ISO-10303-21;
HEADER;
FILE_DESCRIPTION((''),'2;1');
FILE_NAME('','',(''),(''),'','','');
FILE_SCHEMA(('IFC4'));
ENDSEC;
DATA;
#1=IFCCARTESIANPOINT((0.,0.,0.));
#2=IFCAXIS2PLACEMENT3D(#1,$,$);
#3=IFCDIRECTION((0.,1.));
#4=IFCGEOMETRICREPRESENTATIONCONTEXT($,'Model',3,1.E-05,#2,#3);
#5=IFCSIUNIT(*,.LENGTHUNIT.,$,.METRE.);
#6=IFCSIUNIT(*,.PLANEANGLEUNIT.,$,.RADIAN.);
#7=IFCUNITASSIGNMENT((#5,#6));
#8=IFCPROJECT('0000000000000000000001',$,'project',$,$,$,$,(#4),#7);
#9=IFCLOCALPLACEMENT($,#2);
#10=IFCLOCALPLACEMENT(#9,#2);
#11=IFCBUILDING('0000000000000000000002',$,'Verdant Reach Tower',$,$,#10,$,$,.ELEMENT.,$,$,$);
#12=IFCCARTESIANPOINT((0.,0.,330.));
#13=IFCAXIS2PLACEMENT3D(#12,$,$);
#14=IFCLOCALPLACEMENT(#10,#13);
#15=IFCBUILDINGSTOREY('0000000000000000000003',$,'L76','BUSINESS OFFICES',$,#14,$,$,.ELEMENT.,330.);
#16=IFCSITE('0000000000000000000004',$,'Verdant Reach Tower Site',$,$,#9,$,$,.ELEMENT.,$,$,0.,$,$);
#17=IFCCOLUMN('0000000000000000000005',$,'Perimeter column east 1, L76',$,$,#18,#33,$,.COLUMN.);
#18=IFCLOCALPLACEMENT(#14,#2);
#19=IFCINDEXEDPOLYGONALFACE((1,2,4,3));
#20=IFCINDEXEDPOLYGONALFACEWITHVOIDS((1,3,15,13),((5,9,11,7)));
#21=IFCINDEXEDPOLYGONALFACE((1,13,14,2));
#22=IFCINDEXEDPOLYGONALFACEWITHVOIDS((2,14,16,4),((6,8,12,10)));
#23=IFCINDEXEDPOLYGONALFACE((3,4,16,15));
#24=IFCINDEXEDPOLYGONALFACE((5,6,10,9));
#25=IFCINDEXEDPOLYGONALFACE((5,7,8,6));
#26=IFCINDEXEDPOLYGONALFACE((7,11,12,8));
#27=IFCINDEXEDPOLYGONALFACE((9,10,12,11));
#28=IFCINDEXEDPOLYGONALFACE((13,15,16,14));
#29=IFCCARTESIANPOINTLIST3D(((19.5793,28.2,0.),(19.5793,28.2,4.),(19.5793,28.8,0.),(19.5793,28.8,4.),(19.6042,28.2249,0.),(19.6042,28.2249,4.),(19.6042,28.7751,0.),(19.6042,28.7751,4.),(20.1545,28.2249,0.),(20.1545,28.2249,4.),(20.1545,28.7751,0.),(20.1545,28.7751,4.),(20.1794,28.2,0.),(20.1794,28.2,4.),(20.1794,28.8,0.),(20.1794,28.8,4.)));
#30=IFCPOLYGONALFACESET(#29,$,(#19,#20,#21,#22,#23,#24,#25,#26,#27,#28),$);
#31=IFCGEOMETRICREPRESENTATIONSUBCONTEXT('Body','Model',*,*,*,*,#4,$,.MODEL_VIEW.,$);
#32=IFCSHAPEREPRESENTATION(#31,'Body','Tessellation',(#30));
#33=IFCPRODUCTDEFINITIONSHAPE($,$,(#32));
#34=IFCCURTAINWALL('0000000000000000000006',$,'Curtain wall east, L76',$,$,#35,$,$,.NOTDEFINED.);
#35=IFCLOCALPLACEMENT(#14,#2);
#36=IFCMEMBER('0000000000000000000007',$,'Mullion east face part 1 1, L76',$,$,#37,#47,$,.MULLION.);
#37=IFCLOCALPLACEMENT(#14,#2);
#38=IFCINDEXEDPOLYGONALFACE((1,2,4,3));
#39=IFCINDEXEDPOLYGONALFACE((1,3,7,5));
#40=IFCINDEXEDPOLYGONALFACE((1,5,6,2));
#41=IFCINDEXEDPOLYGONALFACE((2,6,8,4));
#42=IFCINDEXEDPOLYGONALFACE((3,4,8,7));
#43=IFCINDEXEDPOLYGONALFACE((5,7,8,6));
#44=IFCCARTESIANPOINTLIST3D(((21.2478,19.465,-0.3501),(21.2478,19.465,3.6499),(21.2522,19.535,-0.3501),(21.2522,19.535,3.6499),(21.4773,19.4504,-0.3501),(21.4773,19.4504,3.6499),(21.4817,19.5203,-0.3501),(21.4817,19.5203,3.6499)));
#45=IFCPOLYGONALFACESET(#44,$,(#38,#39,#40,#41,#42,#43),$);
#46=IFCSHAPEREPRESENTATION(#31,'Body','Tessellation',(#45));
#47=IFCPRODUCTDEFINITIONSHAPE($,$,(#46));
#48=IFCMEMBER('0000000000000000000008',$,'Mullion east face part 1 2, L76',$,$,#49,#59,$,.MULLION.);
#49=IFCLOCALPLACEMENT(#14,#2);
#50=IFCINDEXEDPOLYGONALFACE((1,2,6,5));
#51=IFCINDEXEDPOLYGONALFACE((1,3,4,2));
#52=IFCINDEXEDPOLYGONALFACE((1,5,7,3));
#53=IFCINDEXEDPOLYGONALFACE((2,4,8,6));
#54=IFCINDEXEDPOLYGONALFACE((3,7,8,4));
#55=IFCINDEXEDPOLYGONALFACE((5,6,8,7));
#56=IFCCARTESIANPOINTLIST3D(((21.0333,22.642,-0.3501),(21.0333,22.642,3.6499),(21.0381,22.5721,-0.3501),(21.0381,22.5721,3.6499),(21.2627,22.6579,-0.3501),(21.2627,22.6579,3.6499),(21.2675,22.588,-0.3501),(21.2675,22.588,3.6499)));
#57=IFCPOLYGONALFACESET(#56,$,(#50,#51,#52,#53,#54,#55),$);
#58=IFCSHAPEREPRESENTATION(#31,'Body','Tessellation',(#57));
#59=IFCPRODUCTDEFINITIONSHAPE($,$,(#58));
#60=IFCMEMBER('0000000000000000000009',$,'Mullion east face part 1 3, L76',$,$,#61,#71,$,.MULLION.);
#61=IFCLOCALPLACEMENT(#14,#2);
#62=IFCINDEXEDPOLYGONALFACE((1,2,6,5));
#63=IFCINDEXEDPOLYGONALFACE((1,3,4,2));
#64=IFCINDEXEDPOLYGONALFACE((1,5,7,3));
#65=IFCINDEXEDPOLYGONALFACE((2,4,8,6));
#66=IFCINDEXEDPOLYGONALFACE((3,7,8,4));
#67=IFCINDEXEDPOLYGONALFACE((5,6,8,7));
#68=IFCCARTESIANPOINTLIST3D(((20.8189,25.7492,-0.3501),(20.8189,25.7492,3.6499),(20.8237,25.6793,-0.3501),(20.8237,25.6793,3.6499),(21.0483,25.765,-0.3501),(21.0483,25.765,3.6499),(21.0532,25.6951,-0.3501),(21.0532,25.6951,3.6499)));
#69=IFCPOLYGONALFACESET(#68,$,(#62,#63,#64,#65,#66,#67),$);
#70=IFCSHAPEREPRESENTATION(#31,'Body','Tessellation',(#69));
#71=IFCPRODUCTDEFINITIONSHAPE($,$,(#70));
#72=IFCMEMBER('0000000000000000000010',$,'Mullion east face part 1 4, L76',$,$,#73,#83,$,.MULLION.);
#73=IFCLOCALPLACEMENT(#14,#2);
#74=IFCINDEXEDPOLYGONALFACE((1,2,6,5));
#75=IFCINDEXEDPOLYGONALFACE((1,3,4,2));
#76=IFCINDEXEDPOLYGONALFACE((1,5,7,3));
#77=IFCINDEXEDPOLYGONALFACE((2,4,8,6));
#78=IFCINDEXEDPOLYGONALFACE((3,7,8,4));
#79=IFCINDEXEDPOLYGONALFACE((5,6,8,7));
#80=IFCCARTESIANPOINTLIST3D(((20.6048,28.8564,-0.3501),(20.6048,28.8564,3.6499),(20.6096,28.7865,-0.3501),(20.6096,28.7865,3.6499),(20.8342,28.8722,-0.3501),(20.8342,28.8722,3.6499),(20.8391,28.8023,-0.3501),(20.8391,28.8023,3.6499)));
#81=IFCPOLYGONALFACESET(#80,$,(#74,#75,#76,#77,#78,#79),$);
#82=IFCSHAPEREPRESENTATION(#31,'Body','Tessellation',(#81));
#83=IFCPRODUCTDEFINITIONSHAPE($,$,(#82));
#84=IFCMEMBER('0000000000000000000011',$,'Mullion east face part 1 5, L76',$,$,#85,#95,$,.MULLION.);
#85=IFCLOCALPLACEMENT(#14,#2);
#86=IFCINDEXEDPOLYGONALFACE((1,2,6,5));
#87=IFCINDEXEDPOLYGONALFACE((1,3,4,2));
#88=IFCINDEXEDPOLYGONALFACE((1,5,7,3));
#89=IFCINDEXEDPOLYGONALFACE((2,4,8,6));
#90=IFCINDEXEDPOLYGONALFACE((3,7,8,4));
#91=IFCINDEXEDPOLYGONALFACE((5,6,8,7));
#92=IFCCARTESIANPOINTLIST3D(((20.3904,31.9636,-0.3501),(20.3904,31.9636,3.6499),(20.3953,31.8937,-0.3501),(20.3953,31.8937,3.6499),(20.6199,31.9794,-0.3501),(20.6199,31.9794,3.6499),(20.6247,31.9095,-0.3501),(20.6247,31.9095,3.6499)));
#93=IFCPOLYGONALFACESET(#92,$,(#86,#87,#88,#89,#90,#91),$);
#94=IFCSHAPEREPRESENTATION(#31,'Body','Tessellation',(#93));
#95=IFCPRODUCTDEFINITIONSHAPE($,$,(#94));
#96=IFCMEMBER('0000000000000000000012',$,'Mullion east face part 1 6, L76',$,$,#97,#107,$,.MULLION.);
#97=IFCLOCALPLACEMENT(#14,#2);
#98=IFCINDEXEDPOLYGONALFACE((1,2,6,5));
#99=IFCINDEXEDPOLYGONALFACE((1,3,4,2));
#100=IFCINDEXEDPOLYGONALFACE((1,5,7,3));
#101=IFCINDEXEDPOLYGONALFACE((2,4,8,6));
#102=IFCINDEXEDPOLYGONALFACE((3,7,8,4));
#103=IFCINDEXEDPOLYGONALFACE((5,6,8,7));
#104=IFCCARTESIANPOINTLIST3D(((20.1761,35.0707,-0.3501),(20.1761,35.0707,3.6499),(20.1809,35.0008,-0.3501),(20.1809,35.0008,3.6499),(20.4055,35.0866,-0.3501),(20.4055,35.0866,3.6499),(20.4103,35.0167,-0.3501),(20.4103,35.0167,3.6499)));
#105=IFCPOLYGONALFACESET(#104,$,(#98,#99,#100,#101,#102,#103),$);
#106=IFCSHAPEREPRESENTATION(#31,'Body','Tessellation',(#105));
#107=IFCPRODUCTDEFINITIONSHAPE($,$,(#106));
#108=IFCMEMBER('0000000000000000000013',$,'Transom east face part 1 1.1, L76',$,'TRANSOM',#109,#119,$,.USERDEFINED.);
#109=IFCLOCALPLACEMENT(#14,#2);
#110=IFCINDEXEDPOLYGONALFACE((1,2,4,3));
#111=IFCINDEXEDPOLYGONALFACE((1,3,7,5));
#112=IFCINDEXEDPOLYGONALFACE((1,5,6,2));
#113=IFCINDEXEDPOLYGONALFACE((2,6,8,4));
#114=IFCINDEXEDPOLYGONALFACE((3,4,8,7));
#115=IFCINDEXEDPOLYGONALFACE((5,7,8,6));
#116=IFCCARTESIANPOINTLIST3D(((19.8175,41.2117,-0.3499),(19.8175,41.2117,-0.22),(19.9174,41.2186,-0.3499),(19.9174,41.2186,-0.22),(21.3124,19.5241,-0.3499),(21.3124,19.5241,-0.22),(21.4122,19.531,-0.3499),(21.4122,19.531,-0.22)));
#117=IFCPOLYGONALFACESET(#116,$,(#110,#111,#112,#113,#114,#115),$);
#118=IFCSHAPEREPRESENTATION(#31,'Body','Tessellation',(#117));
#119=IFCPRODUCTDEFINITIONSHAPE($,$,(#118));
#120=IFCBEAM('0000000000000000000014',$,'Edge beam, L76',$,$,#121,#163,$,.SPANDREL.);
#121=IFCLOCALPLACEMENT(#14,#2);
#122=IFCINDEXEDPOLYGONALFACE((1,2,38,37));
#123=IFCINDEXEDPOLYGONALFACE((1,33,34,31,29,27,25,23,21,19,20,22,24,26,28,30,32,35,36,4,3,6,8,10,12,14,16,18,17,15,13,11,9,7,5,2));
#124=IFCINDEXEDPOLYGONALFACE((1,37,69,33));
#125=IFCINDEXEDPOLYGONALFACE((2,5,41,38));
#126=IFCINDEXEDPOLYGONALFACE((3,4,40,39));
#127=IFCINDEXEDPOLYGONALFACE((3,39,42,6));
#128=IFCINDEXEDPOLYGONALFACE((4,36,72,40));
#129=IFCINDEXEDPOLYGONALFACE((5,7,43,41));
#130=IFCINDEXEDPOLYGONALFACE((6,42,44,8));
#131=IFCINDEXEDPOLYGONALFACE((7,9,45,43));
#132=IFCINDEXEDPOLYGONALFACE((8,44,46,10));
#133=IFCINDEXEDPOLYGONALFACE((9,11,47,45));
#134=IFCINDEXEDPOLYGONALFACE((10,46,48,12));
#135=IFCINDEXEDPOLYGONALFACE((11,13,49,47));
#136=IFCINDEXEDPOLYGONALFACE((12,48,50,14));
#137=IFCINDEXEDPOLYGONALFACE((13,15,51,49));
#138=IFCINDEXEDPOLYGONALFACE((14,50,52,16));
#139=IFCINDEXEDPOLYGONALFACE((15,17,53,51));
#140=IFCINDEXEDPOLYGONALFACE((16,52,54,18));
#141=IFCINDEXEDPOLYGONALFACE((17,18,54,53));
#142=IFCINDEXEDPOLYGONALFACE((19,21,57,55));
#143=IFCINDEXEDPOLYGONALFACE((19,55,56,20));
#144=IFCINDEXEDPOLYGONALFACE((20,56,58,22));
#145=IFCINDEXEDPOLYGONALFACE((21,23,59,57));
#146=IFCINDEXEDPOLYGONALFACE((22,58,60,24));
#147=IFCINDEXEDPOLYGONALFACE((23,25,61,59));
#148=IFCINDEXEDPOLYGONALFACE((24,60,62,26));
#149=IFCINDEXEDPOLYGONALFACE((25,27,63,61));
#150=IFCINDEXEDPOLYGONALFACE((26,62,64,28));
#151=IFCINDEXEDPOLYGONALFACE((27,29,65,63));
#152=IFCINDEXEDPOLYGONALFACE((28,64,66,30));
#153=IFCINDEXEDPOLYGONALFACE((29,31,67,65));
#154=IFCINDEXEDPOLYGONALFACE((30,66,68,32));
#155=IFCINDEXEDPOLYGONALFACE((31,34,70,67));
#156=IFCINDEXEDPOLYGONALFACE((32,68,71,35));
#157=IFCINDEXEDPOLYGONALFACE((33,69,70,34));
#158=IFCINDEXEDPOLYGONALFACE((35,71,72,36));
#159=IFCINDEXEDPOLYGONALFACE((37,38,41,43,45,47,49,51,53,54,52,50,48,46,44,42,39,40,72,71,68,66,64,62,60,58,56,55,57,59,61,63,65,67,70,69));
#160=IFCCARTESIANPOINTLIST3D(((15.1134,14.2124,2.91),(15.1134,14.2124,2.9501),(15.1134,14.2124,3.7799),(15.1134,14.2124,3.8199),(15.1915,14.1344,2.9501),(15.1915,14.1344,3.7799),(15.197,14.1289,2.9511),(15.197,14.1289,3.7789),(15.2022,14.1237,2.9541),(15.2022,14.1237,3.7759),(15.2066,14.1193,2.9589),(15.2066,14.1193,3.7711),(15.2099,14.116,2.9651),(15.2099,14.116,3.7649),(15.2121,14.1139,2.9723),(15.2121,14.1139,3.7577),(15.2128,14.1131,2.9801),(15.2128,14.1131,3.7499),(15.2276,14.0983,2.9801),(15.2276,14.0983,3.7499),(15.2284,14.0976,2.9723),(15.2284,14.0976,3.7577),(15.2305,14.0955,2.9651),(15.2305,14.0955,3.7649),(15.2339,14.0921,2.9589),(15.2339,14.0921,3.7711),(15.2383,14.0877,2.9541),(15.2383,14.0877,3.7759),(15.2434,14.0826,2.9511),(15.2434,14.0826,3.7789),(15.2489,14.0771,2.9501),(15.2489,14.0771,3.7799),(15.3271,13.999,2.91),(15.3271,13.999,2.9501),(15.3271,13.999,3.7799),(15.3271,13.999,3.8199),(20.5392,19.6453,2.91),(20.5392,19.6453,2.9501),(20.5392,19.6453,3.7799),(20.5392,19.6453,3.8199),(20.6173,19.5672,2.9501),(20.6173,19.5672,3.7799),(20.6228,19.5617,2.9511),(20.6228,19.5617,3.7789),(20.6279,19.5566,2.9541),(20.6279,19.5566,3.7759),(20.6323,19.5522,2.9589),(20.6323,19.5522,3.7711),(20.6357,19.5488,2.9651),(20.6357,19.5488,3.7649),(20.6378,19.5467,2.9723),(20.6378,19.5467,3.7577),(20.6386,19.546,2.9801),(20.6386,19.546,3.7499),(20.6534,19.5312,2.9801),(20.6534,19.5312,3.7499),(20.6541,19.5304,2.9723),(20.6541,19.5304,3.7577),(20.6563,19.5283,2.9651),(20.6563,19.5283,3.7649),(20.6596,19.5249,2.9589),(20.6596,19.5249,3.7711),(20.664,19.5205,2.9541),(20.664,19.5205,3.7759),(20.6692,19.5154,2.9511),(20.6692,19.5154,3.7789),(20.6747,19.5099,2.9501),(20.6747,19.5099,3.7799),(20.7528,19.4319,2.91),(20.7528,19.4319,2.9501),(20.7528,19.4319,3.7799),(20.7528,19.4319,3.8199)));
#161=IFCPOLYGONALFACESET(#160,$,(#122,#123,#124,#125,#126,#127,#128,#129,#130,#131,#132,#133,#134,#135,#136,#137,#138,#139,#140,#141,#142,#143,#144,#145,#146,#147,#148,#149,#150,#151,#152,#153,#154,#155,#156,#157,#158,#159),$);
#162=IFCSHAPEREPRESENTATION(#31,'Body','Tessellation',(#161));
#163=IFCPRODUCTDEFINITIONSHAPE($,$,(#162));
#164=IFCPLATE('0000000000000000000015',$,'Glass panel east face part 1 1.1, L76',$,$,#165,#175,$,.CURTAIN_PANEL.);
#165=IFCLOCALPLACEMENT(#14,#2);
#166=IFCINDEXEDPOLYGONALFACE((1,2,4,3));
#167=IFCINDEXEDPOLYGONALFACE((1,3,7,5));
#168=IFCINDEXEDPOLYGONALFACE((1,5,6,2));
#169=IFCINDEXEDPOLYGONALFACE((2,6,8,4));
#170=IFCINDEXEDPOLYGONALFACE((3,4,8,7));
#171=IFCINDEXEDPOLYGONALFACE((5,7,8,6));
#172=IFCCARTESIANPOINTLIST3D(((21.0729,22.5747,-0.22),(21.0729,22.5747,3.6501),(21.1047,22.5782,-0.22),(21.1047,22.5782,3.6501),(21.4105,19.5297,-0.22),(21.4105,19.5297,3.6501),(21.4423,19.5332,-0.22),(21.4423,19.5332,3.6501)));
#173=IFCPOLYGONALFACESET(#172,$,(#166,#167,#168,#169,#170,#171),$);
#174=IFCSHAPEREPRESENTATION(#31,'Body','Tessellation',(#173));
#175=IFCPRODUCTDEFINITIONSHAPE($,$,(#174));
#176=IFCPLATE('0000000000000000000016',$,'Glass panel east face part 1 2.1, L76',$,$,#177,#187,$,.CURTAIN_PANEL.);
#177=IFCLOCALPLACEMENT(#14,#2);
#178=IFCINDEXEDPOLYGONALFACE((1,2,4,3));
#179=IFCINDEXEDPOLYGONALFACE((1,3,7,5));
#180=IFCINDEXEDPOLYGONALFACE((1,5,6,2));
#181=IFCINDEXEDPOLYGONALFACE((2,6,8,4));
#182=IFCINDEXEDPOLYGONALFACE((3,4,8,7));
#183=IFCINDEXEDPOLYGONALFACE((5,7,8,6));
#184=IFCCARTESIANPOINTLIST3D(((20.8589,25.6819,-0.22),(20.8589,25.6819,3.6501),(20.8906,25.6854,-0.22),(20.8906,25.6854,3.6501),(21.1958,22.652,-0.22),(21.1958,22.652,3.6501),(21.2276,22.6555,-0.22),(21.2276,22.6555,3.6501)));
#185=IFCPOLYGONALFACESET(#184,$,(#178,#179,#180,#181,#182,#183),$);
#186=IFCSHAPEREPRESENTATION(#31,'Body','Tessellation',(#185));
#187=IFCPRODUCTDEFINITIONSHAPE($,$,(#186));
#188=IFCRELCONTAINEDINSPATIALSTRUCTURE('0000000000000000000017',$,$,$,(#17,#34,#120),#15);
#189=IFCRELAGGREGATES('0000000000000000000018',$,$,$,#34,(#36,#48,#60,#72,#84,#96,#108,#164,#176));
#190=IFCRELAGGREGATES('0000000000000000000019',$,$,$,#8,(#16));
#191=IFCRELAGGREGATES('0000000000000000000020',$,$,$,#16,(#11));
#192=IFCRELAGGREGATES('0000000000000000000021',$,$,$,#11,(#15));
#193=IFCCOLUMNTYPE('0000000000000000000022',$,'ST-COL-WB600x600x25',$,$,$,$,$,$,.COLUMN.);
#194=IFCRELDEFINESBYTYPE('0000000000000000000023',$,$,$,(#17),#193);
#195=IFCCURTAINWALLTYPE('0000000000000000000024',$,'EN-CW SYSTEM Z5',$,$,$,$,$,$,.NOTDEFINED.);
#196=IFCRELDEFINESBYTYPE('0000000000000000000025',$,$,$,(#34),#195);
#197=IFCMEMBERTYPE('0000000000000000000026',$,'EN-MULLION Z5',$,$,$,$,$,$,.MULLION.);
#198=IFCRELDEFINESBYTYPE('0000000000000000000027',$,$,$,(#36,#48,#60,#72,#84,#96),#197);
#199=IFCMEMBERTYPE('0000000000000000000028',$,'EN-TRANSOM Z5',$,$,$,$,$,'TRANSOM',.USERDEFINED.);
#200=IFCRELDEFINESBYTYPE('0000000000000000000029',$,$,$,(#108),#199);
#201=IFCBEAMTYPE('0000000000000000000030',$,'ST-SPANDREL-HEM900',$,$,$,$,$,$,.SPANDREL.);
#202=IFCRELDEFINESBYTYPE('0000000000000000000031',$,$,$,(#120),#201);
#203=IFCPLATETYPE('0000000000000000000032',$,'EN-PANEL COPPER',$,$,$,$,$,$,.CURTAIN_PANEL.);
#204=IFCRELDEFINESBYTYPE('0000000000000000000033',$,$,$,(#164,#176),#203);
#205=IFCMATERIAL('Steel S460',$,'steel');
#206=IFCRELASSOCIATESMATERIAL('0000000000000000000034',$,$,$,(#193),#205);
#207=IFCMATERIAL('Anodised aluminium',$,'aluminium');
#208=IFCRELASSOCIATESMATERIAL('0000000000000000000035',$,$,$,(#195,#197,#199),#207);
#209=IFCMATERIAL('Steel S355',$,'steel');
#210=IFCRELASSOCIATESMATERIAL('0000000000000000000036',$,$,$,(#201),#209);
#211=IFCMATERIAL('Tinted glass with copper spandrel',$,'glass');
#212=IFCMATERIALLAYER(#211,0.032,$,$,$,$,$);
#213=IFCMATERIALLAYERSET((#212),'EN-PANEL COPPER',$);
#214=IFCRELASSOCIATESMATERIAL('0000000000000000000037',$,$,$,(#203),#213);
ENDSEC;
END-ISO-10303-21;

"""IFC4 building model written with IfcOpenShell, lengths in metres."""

from ifc_helpers import new_model, si_unit, direction, frame, origin, origin_2d, place, context, subcontext, project, spatial, rectangle, hollow_rectangle, i_section, extrude, material, layer, layer_set, material_profile, profile_set, type_object, element, aggregate, save


model = new_model("IFC4")

# Units and contexts
model_context = context("Model", 3, precision=1e-05, world=origin(), true_north=direction((0.0, 1.0)))
body_context = subcontext(model_context, "Body", "Model", "MODEL_VIEW")
ifc_project = project(units=[si_unit("LENGTHUNIT", "METRE"), si_unit("PLANEANGLEUNIT", "RADIAN")], contexts=[model_context])

# Site, building, storey
site_placement = place(None, origin())
site = spatial("IfcSite", under=ifc_project, at=site_placement, Name="Verdant Reach Tower Site", CompositionType="ELEMENT", RefElevation=0.0)
building_placement = place(site_placement, origin())
building = spatial("IfcBuilding", under=site, at=building_placement, Name="Verdant Reach Tower", CompositionType="ELEMENT")
storey_placement = place(building_placement, frame((0.0, 0.0, 330.0)))
storey = spatial("IfcBuildingStorey", under=building, at=storey_placement, Name="L76", Description="BUSINESS OFFICES", CompositionType="ELEMENT", Elevation=330.0)

# Column
ifc_material_1 = material(Name="Steel S460", Category="steel")
ifc_material_profile_1 = material_profile(ifc_material_1, hollow_rectangle(XDim=0.6001, YDim=0.6001, WallThickness=0.0249, at=origin_2d()), Name="WB 600x600x25")
ifc_profile_set_1 = profile_set([ifc_material_profile_1], Name="Steel S460")
column_type = type_object("IfcColumnType", Name="ST-COL-WB600x600x25", PredefinedType="COLUMN", material=ifc_profile_set_1)
column_placement = place(storey_placement, frame((19.8794, 28.5, 0.0), z_axis=(0.0, 0.0, 1.0), x_axis=(1.0, 0.0, 0.0)))
element("IfcColumn", 1, at=column_placement, inside=storey, type_object=column_type, Name="Perimeter column east 1, L76", PredefinedType="COLUMN", context=body_context, shape_type="SweptSolid", body=[
    extrude(hollow_rectangle(XDim=0.6001, YDim=0.6001, WallThickness=0.0249, at=origin_2d()), origin(), (0.0, 0.0, 1.0), 4.0),
])

# Curtain wall, members
ifc_material_2 = material(Name="Anodised aluminium", Category="aluminium")
curtain_wall_type = type_object("IfcCurtainWallType", Name="EN-CW SYSTEM Z5", PredefinedType="NOTDEFINED", material=ifc_material_2)
curtain_wall_placement = place(storey_placement, origin())
curtain_wall = element("IfcCurtainWall", 2, at=curtain_wall_placement, inside=storey, type_object=curtain_wall_type, Name="Curtain wall east, L76", PredefinedType="NOTDEFINED")
ifc_material_profile_2 = material_profile(ifc_material_2, rectangle(XDim=0.23, YDim=0.0701, at=origin_2d()), Name="Mullion 70x230")
ifc_profile_set_2 = profile_set([ifc_material_profile_2], Name="Anodised aluminium")
member_type_1 = type_object("IfcMemberType", Name="EN-MULLION Z5", PredefinedType="MULLION", material=ifc_profile_set_2)
member_1_placement = place(storey_placement, frame((21.3647, 19.4927, -0.3501), z_axis=(0.0, 0.0, 1.0), x_axis=(0.997969, -0.063699, 0.0)))
member_1 = element("IfcMember", 3, at=member_1_placement, type_object=member_type_1, Name="Mullion east face part 1 1, L76", PredefinedType="MULLION", context=body_context, shape_type="SweptSolid", body=[
    extrude(rectangle(XDim=0.23, YDim=0.0701, at=origin_2d()), origin(), (0.0, 0.0, 1.0), 4.0),
])
member_2_placement = place(storey_placement, frame((21.1504, 22.615, -0.3501), z_axis=(0.0, 0.0, 1.0), x_axis=(0.99763, 0.068802, 0.0)))
member_2 = element("IfcMember", 4, at=member_2_placement, type_object=member_type_1, Name="Mullion east face part 1 2, L76", PredefinedType="MULLION", context=body_context, shape_type="SweptSolid", body=[
    extrude(rectangle(XDim=0.23, YDim=0.0701, at=origin_2d()), origin(), (0.0, 0.0, 1.0), 4.0),
])
member_3_placement = place(storey_placement, frame((20.936, 25.7222, -0.3501), z_axis=(0.0, 0.0, 1.0), x_axis=(0.99763, 0.068802, 0.0)))
member_3 = element("IfcMember", 5, at=member_3_placement, type_object=member_type_1, Name="Mullion east face part 1 3, L76", PredefinedType="MULLION", context=body_context, shape_type="SweptSolid", body=[
    extrude(rectangle(XDim=0.23, YDim=0.0701, at=origin_2d()), origin(), (0.0, 0.0, 1.0), 4.0),
])
member_4_placement = place(storey_placement, frame((20.7219, 28.8293, -0.3501), z_axis=(0.0, 0.0, 1.0), x_axis=(0.99763, 0.068802, 0.0)))
member_4 = element("IfcMember", 6, at=member_4_placement, type_object=member_type_1, Name="Mullion east face part 1 4, L76", PredefinedType="MULLION", context=body_context, shape_type="SweptSolid", body=[
    extrude(rectangle(XDim=0.23, YDim=0.0701, at=origin_2d()), origin(), (0.0, 0.0, 1.0), 4.0),
])
member_5_placement = place(storey_placement, frame((20.5076, 31.9365, -0.3501), z_axis=(0.0, 0.0, 1.0), x_axis=(0.99763, 0.068802, 0.0)))
member_5 = element("IfcMember", 7, at=member_5_placement, type_object=member_type_1, Name="Mullion east face part 1 5, L76", PredefinedType="MULLION", context=body_context, shape_type="SweptSolid", body=[
    extrude(rectangle(XDim=0.23, YDim=0.0701, at=origin_2d()), origin(), (0.0, 0.0, 1.0), 4.0),
])
member_6_placement = place(storey_placement, frame((20.2932, 35.0437, -0.3501), z_axis=(0.0, 0.0, 1.0), x_axis=(0.99763, 0.068802, 0.0)))
member_6 = element("IfcMember", 8, at=member_6_placement, type_object=member_type_1, Name="Mullion east face part 1 6, L76", PredefinedType="MULLION", context=body_context, shape_type="SweptSolid", body=[
    extrude(rectangle(XDim=0.23, YDim=0.0701, at=origin_2d()), origin(), (0.0, 0.0, 1.0), 4.0),
])
ifc_material_profile_3 = material_profile(ifc_material_2, rectangle(XDim=0.1001, YDim=0.1299, at=origin_2d()), Name="Transom 130x100")
ifc_profile_set_3 = profile_set([ifc_material_profile_3], Name="Anodised aluminium")
member_type_2 = type_object("IfcMemberType", Name="EN-TRANSOM Z5", ElementType="TRANSOM", PredefinedType="USERDEFINED", material=ifc_profile_set_3)
member_7_placement = place(storey_placement, frame((21.3623, 19.5276, -0.2849), z_axis=(-0.068765, 0.997633, 0.0), x_axis=(-0.997633, -0.068765, 0.0)))
member_7 = element("IfcMember", 9, at=member_7_placement, type_object=member_type_2, Name="Transom east face part 1 1.1, L76", ObjectType="TRANSOM", PredefinedType="USERDEFINED", context=body_context, shape_type="SweptSolid", body=[
    extrude(rectangle(XDim=0.1001, YDim=0.1299, at=origin_2d()), origin(), (0.0, 0.0, 1.0), 21.739),
])

# Beam
ifc_material_3 = material(Name="Steel S355", Category="steel")
ifc_material_profile_4 = material_profile(ifc_material_3, i_section(OverallWidth=0.302, OverallDepth=0.9099, WebThickness=0.021, FlangeThickness=0.04, FilletRadius=0.03, at=origin_2d()), Name="HEM 900")
ifc_profile_set_4 = profile_set([ifc_material_profile_4], Name="Steel S355")
beam_type = type_object("IfcBeamType", Name="ST-SPANDREL-HEM900", PredefinedType="SPANDREL", material=ifc_profile_set_4)
beam_placement = place(storey_placement, frame((20.646, 19.5386, 3.365), z_axis=(-0.706646, -0.707568, 0.0), x_axis=(0.707568, -0.706646, 0.0)))
element("IfcBeam", 10, at=beam_placement, inside=storey, type_object=beam_type, Name="Edge beam, L76", PredefinedType="SPANDREL", context=body_context, shape_type="SweptSolid", body=[
    extrude(i_section(OverallWidth=0.302, OverallDepth=0.9099, WebThickness=0.021, FlangeThickness=0.04, FilletRadius=0.03, at=origin_2d()), origin(), (0.0, 0.0, 1.0), 7.6782),
])

# Plates
ifc_material_4 = material(Name="Tinted glass with copper spandrel", Category="glass")
ifc_layer_1 = layer(ifc_material_4, 0.032)
ifc_layer_set_1 = layer_set([ifc_layer_1], Name="EN-PANEL COPPER")
plate_type_1 = type_object("IfcPlateType", Name="EN-PANEL COPPER", PredefinedType="CURTAIN_PANEL", material=ifc_layer_set_1)
plate_1_placement = place(storey_placement, frame((21.2576, 21.054, -0.22), z_axis=(0.0, 0.0, 1.0), x_axis=(-0.110198, 0.99391, 0.0)))
plate_1 = element("IfcPlate", 11, at=plate_1_placement, type_object=plate_type_1, Name="Glass panel east face part 1 1.1, L76", PredefinedType="CURTAIN_PANEL", context=body_context, shape_type="SweptSolid", body=[
    extrude(rectangle(XDim=3.0637, YDim=0.032, at=origin_2d()), origin(), (0.0, 0.0, 1.0), 3.8701),
])
plate_2_placement = place(storey_placement, frame((21.0432, 24.1687, -0.22), z_axis=(0.0, 0.0, 1.0), x_axis=(-0.110518, 0.993874, 0.0)))
plate_2 = element("IfcPlate", 12, at=plate_2_placement, type_object=plate_type_1, Name="Glass panel east face part 1 2.1, L76", PredefinedType="CURTAIN_PANEL", context=body_context, shape_type="SweptSolid", body=[
    extrude(rectangle(XDim=3.0486, YDim=0.032, at=origin_2d()), origin(), (0.0, 0.0, 1.0), 3.8701),
])
aggregate(curtain_wall, [member_1, member_2, member_3, member_4, member_5, member_6, member_7, plate_1, plate_2])

save(model, "model.ifc")
